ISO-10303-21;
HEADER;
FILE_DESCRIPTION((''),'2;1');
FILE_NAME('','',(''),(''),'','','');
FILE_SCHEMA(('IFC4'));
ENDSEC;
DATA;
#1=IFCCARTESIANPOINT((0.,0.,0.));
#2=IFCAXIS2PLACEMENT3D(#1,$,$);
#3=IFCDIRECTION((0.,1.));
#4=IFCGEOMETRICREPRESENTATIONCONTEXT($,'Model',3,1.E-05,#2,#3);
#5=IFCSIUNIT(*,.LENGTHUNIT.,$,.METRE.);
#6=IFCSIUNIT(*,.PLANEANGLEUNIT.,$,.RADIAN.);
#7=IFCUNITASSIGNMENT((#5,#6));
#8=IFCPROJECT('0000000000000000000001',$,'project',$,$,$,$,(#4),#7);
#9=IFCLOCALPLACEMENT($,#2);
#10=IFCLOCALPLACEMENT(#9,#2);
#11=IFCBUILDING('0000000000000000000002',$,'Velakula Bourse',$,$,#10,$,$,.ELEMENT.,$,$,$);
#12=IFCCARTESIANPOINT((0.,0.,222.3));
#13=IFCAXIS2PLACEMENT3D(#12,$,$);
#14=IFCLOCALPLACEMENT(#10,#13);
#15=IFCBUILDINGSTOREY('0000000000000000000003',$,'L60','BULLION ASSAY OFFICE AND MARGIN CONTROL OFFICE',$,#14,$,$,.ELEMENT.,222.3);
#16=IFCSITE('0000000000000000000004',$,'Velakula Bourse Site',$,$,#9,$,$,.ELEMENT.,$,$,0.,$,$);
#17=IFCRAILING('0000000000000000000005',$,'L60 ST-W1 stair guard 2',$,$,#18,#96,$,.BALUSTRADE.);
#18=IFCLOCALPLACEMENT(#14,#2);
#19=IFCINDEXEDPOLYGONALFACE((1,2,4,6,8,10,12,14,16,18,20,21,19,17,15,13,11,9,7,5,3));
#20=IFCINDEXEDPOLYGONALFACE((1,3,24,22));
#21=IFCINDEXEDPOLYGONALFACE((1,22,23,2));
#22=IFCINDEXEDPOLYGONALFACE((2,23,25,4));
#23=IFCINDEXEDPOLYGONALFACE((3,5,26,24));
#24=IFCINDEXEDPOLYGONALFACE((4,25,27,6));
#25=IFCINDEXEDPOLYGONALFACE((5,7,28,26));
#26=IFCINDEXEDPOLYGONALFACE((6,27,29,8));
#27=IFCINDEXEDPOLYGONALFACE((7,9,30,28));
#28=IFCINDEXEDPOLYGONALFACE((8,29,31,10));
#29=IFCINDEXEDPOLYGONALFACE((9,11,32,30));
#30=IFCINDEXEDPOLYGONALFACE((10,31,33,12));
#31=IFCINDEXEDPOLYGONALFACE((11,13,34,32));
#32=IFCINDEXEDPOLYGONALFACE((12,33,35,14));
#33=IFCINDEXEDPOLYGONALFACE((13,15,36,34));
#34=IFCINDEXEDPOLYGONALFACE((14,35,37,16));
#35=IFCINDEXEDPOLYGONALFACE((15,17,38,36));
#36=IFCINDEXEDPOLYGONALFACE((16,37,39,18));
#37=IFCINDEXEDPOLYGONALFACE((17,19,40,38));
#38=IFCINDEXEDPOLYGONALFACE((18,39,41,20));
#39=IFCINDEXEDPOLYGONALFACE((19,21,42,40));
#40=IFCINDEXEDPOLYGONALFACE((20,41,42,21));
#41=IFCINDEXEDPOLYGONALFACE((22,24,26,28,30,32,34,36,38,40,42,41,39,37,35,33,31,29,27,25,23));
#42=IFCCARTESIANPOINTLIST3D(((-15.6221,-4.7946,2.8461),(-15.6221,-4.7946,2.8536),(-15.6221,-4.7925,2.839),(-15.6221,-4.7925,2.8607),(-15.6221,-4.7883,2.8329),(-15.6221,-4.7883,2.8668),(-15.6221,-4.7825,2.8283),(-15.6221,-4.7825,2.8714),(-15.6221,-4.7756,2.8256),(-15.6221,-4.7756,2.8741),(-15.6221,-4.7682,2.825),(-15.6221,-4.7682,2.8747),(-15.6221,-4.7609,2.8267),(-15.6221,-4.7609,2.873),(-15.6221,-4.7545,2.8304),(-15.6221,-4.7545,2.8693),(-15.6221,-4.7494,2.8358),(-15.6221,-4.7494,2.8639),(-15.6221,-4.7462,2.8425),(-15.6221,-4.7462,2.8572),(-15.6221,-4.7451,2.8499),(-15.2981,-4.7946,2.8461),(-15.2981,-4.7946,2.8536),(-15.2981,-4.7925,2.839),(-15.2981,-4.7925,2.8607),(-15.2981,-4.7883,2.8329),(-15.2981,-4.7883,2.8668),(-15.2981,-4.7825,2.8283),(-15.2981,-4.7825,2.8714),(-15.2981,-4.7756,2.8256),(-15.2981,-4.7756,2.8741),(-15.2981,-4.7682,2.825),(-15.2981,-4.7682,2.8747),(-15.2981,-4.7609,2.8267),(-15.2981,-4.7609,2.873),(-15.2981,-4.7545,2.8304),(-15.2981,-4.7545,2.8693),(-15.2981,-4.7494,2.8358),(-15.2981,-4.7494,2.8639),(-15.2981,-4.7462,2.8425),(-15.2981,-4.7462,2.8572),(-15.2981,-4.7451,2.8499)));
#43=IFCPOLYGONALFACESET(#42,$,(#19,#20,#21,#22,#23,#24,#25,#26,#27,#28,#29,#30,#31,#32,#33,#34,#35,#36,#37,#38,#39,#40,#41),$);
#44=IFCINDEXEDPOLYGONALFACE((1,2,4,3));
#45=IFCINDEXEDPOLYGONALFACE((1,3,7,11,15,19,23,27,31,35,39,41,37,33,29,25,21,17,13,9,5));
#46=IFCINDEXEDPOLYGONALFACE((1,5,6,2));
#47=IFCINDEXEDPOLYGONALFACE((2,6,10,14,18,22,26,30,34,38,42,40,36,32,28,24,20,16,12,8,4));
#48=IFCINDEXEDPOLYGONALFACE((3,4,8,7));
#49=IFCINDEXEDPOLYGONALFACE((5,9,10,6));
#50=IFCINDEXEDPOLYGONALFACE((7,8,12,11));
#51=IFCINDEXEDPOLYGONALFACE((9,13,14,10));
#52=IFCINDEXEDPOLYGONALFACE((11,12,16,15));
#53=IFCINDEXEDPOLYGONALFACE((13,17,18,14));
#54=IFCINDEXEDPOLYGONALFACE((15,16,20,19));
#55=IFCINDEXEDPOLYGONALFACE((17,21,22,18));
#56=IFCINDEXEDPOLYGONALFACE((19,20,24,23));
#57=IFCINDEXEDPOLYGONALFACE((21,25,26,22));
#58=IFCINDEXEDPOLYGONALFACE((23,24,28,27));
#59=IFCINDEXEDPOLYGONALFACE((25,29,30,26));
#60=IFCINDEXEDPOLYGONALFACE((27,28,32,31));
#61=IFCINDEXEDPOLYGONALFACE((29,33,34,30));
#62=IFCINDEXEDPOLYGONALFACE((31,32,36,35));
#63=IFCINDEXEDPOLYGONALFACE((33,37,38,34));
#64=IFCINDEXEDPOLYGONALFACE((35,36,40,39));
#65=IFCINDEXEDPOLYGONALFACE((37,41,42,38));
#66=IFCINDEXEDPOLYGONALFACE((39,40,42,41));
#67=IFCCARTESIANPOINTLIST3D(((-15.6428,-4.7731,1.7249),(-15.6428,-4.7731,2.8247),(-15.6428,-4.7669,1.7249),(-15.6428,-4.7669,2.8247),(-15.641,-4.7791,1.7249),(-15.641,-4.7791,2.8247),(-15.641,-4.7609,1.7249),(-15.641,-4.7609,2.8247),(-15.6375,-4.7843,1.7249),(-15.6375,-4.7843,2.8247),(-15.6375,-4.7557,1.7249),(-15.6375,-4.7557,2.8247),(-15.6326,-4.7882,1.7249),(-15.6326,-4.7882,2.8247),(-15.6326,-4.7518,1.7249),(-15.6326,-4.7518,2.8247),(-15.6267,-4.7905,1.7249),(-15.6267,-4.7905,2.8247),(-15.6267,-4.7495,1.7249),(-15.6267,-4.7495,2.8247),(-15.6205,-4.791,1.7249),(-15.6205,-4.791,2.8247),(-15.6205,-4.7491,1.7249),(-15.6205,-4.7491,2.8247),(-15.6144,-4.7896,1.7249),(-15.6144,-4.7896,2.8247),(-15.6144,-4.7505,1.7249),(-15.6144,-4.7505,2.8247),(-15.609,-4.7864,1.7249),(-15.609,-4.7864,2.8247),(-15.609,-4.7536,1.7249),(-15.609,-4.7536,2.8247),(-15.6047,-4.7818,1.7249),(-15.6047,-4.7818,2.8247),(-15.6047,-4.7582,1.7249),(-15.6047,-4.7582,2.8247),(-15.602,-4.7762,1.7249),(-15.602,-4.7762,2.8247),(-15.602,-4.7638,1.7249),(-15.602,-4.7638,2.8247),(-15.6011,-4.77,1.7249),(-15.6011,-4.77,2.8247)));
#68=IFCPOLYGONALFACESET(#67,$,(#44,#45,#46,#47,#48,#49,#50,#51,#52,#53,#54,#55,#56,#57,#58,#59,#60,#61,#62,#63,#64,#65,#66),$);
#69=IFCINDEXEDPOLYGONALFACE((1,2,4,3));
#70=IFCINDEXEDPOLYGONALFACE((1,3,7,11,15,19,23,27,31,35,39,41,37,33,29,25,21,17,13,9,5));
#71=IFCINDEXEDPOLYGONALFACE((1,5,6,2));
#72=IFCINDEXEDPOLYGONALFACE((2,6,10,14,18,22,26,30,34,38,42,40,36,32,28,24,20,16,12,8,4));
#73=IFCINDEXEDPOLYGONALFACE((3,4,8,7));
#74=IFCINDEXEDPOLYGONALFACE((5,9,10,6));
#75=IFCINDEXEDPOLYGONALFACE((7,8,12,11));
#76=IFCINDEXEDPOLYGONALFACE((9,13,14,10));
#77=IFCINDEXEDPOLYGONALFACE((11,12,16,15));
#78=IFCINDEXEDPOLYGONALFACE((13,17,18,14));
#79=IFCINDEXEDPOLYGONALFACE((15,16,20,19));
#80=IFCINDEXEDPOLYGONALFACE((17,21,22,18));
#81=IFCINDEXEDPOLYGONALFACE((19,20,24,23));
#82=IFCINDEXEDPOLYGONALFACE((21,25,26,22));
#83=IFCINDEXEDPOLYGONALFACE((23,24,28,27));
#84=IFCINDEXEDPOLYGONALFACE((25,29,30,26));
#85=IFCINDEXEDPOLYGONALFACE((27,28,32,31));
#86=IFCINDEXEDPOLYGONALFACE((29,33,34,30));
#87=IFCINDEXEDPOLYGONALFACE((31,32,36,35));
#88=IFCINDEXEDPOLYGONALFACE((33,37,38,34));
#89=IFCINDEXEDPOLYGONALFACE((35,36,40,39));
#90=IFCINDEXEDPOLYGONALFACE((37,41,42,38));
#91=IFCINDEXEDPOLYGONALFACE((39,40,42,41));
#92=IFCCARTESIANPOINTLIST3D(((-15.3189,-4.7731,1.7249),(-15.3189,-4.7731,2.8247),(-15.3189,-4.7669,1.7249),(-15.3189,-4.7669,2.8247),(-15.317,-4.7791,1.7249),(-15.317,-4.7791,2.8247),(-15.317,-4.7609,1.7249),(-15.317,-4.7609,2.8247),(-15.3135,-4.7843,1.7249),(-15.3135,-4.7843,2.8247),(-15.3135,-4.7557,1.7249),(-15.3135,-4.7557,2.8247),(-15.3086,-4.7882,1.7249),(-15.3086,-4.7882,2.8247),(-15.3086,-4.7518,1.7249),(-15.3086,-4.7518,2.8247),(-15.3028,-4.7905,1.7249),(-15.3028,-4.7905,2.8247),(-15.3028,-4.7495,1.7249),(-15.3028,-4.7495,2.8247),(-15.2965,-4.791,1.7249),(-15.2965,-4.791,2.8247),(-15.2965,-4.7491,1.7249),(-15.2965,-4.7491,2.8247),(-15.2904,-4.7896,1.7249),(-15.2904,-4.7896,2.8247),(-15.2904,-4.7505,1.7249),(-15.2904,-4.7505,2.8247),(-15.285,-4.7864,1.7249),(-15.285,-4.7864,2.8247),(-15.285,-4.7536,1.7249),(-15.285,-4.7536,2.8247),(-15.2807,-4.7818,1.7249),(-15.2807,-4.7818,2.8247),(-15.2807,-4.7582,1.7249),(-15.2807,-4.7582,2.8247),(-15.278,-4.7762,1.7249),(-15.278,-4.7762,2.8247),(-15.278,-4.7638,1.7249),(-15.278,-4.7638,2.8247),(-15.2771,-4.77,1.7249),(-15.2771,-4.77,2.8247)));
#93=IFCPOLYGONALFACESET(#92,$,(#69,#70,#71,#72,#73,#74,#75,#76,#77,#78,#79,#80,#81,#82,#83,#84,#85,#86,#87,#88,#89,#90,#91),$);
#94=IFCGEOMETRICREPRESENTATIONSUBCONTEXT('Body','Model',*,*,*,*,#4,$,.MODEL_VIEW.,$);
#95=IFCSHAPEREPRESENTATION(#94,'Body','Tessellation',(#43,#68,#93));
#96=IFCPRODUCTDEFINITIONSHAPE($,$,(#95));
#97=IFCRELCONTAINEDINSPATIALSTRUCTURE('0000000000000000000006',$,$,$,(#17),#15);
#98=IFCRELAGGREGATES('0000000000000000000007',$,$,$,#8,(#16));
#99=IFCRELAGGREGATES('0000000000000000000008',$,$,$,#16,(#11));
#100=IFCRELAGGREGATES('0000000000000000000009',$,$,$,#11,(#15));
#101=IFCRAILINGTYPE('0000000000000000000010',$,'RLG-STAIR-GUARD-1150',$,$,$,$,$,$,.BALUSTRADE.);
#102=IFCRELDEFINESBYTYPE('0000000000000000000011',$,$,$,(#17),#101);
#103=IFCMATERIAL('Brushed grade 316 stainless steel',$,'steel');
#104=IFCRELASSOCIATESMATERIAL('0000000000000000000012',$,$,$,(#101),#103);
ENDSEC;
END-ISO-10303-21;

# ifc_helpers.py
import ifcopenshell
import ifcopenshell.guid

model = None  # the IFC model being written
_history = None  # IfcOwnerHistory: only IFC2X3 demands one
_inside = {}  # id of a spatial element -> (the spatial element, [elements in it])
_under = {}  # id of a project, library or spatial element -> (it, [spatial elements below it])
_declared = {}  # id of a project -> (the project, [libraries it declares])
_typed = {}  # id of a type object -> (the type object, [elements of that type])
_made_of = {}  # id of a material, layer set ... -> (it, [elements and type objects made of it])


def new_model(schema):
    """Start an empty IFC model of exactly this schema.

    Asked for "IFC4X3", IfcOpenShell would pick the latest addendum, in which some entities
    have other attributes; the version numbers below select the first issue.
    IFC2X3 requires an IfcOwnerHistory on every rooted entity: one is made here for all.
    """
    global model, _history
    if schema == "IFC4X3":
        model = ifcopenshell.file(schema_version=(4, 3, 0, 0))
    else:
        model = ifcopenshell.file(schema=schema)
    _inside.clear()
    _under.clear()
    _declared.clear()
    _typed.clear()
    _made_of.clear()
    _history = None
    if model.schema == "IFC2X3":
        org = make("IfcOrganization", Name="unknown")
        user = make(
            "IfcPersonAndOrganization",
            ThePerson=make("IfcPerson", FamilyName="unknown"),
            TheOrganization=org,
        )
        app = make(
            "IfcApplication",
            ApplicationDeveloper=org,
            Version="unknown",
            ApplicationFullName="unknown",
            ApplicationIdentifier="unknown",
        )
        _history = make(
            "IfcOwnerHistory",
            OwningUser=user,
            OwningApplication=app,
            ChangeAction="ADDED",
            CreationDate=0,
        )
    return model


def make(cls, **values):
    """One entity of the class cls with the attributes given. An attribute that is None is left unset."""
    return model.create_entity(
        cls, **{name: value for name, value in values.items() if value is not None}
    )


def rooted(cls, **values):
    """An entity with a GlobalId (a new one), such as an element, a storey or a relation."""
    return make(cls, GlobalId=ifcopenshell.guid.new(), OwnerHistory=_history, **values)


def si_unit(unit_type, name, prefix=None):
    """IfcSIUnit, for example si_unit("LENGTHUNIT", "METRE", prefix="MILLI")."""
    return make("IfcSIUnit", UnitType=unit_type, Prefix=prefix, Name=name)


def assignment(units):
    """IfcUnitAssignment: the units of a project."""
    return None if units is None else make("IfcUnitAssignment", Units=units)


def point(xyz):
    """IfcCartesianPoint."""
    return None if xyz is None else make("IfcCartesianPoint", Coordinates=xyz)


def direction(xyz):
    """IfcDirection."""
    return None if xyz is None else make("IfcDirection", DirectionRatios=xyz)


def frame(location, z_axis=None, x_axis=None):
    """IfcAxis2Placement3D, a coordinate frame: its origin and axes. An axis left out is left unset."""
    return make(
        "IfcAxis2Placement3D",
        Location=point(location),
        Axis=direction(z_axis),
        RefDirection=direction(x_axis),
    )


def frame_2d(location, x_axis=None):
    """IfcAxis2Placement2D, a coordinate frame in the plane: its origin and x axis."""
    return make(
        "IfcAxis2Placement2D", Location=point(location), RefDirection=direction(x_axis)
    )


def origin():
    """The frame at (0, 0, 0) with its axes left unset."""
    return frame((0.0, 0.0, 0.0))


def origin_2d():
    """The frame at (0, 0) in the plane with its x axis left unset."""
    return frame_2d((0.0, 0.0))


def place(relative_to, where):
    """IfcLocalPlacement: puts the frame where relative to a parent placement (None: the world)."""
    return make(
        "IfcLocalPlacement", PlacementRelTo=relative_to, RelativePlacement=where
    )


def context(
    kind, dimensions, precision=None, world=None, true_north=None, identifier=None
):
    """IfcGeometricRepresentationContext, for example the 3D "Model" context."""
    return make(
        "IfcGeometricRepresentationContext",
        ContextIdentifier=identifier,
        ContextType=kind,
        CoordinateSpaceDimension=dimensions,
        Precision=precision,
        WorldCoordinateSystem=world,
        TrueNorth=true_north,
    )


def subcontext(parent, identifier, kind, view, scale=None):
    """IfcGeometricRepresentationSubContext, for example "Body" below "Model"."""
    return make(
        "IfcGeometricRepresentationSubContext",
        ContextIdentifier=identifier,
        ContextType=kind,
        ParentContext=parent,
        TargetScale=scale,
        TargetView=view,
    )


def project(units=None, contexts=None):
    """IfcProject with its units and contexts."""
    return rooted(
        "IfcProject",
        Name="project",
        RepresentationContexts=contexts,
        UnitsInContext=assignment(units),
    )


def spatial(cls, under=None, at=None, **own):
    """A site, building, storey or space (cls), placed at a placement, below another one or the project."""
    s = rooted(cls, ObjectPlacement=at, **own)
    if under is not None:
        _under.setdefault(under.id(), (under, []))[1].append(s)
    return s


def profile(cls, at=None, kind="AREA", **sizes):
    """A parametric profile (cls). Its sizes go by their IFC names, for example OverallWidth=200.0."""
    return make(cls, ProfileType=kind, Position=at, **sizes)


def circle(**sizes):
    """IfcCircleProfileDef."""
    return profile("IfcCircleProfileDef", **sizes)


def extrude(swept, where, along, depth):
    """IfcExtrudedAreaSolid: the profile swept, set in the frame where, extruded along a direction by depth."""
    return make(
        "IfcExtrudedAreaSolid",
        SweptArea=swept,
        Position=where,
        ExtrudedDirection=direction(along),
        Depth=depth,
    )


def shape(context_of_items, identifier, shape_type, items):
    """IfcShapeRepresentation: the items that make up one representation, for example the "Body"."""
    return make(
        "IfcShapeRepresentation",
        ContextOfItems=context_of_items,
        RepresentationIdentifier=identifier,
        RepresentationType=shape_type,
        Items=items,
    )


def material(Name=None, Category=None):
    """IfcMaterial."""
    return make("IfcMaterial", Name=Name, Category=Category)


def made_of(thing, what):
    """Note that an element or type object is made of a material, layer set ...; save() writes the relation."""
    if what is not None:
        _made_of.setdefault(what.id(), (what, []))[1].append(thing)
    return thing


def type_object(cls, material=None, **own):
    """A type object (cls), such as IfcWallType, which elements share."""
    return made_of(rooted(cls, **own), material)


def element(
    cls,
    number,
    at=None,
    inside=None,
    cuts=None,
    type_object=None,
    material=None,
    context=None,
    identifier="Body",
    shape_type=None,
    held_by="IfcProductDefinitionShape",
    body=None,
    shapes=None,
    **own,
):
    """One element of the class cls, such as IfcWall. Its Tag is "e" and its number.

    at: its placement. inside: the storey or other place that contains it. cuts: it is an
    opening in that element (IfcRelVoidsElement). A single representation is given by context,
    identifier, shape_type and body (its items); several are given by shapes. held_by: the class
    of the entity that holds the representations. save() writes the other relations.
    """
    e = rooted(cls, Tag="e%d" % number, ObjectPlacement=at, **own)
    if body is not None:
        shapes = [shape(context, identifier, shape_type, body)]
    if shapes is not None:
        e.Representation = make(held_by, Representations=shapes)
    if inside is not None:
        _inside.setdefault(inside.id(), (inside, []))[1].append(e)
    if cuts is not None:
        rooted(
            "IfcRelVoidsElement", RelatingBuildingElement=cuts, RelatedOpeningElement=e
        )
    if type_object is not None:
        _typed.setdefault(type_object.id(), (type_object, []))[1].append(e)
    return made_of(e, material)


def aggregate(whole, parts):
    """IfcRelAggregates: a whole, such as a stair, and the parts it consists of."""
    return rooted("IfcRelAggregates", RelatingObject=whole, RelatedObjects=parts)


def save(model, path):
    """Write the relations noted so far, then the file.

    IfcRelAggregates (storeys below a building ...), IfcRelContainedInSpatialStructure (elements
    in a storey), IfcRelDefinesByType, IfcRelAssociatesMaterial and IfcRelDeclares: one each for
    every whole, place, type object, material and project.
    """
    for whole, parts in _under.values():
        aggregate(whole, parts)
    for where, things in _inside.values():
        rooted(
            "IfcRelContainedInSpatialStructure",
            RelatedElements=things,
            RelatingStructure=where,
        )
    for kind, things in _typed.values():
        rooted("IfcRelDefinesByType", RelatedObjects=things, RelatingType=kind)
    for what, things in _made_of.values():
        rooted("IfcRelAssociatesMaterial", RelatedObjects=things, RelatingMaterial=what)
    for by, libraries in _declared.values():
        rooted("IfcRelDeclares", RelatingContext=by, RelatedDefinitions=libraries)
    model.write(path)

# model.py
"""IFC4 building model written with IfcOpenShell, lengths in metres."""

from ifc_helpers import new_model, si_unit, direction, frame, origin, origin_2d, place, context, subcontext, project, spatial, circle, extrude, material, type_object, element, save


model = new_model("IFC4")

# Units and contexts
model_context = context("Model", 3, precision=1e-05, world=origin(), true_north=direction((0.0, 1.0)))
body_context = subcontext(model_context, "Body", "Model", "MODEL_VIEW")
ifc_project = project(units=[si_unit("LENGTHUNIT", "METRE"), si_unit("PLANEANGLEUNIT", "RADIAN")], contexts=[model_context])

# Site, building, storey
site_placement = place(None, origin())
site = spatial("IfcSite", under=ifc_project, at=site_placement, Name="Velakula Bourse Site", CompositionType="ELEMENT", RefElevation=0.0)
building_placement = place(site_placement, origin())
building = spatial("IfcBuilding", under=site, at=building_placement, Name="Velakula Bourse", CompositionType="ELEMENT")
storey_placement = place(building_placement, frame((0.0, 0.0, 222.3)))
storey = spatial("IfcBuildingStorey", under=building, at=storey_placement, Name="L60", Description="BULLION ASSAY OFFICE AND MARGIN CONTROL OFFICE", CompositionType="ELEMENT", Elevation=222.3)

# Shared definitions
ifc_material_1 = material(Name="Brushed grade 316 stainless steel", Category="steel")

# Railing
railing_type_1 = type_object("IfcRailingType", Name="RLG-STAIR-GUARD-1150", PredefinedType="BALUSTRADE", material=ifc_material_1)
railing_1_placement = place(storey_placement, frame((-15.6221, -4.77, 1.7249)))
element("IfcRailing", 1, at=railing_1_placement, inside=storey, type_object=railing_type_1, Name="L60 ST-W1 stair guard 2", PredefinedType="BALUSTRADE", context=body_context, shape_type="SweptSolid", body=[
    extrude(circle(Radius=0.0249, at=origin_2d()), frame((0.0, 0.0, 1.125), z_axis=(1.0, 0.0, 0.0), x_axis=(0.0, 1.0, 0.0)), (0.0, 0.0, 1.0), 0.324),
    extrude(circle(Radius=0.021, at=origin_2d()), origin(), (0.0, 0.0, 1.0), 1.0999),
    extrude(circle(Radius=0.021, at=origin_2d()), frame((0.324, 0.0, 0.0)), (0.0, 0.0, 1.0), 1.0999),
])

save(model, "model.ifc")
